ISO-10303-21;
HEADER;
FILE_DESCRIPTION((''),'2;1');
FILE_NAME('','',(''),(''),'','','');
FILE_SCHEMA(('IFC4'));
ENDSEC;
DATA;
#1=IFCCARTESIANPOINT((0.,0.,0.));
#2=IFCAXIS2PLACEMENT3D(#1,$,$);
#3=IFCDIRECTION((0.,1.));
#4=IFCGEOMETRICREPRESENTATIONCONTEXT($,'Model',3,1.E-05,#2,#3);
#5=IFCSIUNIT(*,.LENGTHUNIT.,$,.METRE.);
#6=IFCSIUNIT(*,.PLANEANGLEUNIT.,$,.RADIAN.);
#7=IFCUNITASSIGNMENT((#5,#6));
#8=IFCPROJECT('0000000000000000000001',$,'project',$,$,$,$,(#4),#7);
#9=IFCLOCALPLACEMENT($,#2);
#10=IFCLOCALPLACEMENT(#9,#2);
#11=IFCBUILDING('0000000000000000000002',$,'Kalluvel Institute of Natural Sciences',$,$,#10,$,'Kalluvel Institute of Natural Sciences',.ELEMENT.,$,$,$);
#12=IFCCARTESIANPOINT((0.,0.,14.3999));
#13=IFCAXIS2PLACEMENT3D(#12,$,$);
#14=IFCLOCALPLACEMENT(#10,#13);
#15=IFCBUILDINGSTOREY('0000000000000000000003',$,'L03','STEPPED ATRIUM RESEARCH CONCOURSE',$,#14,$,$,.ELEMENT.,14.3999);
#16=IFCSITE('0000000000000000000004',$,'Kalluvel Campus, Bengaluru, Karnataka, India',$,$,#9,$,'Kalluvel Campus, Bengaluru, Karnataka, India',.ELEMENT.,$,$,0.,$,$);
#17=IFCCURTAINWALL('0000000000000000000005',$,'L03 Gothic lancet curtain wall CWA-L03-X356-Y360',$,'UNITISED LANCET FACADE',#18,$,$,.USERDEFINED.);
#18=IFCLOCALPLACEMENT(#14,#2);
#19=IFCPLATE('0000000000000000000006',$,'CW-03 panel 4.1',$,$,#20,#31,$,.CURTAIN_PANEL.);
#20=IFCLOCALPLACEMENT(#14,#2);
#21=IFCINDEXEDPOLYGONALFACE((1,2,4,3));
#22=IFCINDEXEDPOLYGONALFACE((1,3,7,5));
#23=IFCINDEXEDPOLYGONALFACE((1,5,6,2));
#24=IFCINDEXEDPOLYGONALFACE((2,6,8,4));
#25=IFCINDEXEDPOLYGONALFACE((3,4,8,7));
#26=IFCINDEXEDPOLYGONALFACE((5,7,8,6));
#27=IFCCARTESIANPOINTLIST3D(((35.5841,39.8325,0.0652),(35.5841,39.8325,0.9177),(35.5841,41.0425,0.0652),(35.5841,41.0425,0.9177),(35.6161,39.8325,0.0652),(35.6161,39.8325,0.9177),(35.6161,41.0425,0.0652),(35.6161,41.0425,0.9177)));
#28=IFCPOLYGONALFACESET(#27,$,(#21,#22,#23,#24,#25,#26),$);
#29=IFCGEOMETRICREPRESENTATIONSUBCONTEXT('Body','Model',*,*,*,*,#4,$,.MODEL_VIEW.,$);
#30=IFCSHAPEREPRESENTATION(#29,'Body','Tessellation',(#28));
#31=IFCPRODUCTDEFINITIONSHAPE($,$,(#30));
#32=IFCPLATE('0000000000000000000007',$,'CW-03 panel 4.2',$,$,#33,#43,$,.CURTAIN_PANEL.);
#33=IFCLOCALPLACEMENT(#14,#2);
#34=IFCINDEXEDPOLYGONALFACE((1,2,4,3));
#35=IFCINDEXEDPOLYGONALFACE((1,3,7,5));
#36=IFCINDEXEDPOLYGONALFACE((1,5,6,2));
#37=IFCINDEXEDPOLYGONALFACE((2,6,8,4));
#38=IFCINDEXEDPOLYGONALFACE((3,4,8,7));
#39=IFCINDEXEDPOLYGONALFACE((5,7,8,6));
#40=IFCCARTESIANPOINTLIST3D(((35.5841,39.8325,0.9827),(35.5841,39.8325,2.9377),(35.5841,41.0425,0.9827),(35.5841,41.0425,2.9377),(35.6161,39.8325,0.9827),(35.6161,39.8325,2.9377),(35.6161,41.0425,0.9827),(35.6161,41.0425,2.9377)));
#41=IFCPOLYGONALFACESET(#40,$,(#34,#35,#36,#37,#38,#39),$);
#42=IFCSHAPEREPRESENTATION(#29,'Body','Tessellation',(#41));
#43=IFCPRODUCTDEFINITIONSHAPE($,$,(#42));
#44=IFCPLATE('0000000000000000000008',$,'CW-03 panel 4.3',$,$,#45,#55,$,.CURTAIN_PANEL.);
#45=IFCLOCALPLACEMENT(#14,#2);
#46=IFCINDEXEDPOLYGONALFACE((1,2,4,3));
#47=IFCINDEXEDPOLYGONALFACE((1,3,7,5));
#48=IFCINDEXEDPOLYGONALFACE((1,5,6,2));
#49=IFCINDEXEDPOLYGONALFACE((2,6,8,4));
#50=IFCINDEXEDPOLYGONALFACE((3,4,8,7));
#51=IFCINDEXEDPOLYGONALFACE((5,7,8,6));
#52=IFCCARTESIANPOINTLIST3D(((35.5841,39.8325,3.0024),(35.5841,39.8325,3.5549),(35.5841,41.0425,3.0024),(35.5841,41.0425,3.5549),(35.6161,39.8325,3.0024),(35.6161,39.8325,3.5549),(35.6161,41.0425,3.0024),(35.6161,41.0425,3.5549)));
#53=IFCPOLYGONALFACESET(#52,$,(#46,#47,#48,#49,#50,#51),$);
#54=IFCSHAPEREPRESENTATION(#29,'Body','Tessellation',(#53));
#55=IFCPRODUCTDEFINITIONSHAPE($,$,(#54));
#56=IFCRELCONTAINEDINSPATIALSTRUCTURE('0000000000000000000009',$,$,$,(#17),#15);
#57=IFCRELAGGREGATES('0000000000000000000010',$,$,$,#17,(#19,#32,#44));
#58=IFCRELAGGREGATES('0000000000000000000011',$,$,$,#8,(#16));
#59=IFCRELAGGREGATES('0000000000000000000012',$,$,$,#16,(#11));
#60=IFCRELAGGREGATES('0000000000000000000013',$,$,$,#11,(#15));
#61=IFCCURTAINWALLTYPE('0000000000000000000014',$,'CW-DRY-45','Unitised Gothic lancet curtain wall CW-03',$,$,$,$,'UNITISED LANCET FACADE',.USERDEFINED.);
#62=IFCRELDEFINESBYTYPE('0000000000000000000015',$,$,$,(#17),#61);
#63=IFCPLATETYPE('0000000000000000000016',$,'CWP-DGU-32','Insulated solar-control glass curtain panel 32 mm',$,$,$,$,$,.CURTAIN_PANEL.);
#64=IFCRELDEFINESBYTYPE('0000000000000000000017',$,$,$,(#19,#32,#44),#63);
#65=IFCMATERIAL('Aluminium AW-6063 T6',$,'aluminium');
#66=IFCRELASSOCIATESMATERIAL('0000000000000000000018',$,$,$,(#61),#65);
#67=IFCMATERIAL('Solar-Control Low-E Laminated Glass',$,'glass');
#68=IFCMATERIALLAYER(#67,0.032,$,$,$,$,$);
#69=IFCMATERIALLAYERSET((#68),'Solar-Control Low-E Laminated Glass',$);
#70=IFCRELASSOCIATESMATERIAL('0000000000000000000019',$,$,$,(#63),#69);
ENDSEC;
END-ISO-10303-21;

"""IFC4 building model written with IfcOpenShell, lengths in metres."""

from ifc_helpers import new_model, si_unit, direction, frame, origin, origin_2d, place, context, subcontext, project, spatial, rectangle, extrude, material, layer, layer_set, type_object, element, aggregate, save


model = new_model("IFC4")

# Units and contexts
model_context = context("Model", 3, precision=1e-05, world=origin(), true_north=direction((0.0, 1.0)))
body_context = subcontext(model_context, "Body", "Model", "MODEL_VIEW")
ifc_project = project(units=[si_unit("LENGTHUNIT", "METRE"), si_unit("PLANEANGLEUNIT", "RADIAN")], contexts=[model_context])

# Site, building, storey
site_placement = place(None, origin())
site = spatial("IfcSite", under=ifc_project, at=site_placement, Name="Kalluvel Campus, Bengaluru, Karnataka, India", LongName="Kalluvel Campus, Bengaluru, Karnataka, India", CompositionType="ELEMENT", RefElevation=0.0)
building_placement = place(site_placement, origin())
building = spatial("IfcBuilding", under=site, at=building_placement, Name="Kalluvel Institute of Natural Sciences", LongName="Kalluvel Institute of Natural Sciences", CompositionType="ELEMENT")
storey_placement = place(building_placement, frame((0.0, 0.0, 14.3999)))
storey = spatial("IfcBuildingStorey", under=building, at=storey_placement, Name="L03", Description="STEPPED ATRIUM RESEARCH CONCOURSE", CompositionType="ELEMENT", Elevation=14.3999)

# Curtain wall, plates
ifc_material_1 = material(Name="Aluminium AW-6063 T6", Category="aluminium")
curtain_wall_type = type_object("IfcCurtainWallType", Name="CW-DRY-45", Description="Unitised Gothic lancet curtain wall CW-03", ElementType="UNITISED LANCET FACADE", PredefinedType="USERDEFINED", material=ifc_material_1)
curtain_wall_placement = place(storey_placement, origin())
curtain_wall = element("IfcCurtainWall", 1, at=curtain_wall_placement, inside=storey, type_object=curtain_wall_type, Name="L03 Gothic lancet curtain wall CWA-L03-X356-Y360", ObjectType="UNITISED LANCET FACADE", PredefinedType="USERDEFINED")
ifc_material_2 = material(Name="Solar-Control Low-E Laminated Glass", Category="glass")
ifc_layer = layer(ifc_material_2, 0.032)
ifc_layer_set = layer_set([ifc_layer], Name="Solar-Control Low-E Laminated Glass")
plate_type = type_object("IfcPlateType", Name="CWP-DGU-32", Description="Insulated solar-control glass curtain panel 32 mm", PredefinedType="CURTAIN_PANEL", material=ifc_layer_set)
plate_1_placement = place(storey_placement, frame((35.6001, 40.4375, 0.0652), z_axis=(0.0, 0.0, 1.0), x_axis=(0.0, 1.0, 0.0)))
plate_1 = element("IfcPlate", 2, at=plate_1_placement, type_object=plate_type, Name="CW-03 panel 4.1", PredefinedType="CURTAIN_PANEL", context=body_context, shape_type="SweptSolid", body=[
    extrude(rectangle(XDim=1.21, YDim=0.032, at=origin_2d()), origin(), (0.0, 0.0, 1.0), 0.8525),
])
plate_2_placement = place(storey_placement, frame((35.6001, 40.4375, 0.9827), z_axis=(0.0, 0.0, 1.0), x_axis=(0.0, 1.0, 0.0)))
plate_2 = element("IfcPlate", 3, at=plate_2_placement, type_object=plate_type, Name="CW-03 panel 4.2", PredefinedType="CURTAIN_PANEL", context=body_context, shape_type="SweptSolid", body=[
    extrude(rectangle(XDim=1.21, YDim=0.032, at=origin_2d()), origin(), (0.0, 0.0, 1.0), 1.9551),
])
plate_3_placement = place(storey_placement, frame((35.6001, 40.4375, 3.0024), z_axis=(0.0, 0.0, 1.0), x_axis=(0.0, 1.0, 0.0)))
plate_3 = element("IfcPlate", 4, at=plate_3_placement, type_object=plate_type, Name="CW-03 panel 4.3", PredefinedType="CURTAIN_PANEL", context=body_context, shape_type="SweptSolid", body=[
    extrude(rectangle(XDim=1.21, YDim=0.032, at=origin_2d()), origin(), (0.0, 0.0, 1.0), 0.5525),
])
aggregate(curtain_wall, [plate_1, plate_2, plate_3])

save(model, "model.ifc")
